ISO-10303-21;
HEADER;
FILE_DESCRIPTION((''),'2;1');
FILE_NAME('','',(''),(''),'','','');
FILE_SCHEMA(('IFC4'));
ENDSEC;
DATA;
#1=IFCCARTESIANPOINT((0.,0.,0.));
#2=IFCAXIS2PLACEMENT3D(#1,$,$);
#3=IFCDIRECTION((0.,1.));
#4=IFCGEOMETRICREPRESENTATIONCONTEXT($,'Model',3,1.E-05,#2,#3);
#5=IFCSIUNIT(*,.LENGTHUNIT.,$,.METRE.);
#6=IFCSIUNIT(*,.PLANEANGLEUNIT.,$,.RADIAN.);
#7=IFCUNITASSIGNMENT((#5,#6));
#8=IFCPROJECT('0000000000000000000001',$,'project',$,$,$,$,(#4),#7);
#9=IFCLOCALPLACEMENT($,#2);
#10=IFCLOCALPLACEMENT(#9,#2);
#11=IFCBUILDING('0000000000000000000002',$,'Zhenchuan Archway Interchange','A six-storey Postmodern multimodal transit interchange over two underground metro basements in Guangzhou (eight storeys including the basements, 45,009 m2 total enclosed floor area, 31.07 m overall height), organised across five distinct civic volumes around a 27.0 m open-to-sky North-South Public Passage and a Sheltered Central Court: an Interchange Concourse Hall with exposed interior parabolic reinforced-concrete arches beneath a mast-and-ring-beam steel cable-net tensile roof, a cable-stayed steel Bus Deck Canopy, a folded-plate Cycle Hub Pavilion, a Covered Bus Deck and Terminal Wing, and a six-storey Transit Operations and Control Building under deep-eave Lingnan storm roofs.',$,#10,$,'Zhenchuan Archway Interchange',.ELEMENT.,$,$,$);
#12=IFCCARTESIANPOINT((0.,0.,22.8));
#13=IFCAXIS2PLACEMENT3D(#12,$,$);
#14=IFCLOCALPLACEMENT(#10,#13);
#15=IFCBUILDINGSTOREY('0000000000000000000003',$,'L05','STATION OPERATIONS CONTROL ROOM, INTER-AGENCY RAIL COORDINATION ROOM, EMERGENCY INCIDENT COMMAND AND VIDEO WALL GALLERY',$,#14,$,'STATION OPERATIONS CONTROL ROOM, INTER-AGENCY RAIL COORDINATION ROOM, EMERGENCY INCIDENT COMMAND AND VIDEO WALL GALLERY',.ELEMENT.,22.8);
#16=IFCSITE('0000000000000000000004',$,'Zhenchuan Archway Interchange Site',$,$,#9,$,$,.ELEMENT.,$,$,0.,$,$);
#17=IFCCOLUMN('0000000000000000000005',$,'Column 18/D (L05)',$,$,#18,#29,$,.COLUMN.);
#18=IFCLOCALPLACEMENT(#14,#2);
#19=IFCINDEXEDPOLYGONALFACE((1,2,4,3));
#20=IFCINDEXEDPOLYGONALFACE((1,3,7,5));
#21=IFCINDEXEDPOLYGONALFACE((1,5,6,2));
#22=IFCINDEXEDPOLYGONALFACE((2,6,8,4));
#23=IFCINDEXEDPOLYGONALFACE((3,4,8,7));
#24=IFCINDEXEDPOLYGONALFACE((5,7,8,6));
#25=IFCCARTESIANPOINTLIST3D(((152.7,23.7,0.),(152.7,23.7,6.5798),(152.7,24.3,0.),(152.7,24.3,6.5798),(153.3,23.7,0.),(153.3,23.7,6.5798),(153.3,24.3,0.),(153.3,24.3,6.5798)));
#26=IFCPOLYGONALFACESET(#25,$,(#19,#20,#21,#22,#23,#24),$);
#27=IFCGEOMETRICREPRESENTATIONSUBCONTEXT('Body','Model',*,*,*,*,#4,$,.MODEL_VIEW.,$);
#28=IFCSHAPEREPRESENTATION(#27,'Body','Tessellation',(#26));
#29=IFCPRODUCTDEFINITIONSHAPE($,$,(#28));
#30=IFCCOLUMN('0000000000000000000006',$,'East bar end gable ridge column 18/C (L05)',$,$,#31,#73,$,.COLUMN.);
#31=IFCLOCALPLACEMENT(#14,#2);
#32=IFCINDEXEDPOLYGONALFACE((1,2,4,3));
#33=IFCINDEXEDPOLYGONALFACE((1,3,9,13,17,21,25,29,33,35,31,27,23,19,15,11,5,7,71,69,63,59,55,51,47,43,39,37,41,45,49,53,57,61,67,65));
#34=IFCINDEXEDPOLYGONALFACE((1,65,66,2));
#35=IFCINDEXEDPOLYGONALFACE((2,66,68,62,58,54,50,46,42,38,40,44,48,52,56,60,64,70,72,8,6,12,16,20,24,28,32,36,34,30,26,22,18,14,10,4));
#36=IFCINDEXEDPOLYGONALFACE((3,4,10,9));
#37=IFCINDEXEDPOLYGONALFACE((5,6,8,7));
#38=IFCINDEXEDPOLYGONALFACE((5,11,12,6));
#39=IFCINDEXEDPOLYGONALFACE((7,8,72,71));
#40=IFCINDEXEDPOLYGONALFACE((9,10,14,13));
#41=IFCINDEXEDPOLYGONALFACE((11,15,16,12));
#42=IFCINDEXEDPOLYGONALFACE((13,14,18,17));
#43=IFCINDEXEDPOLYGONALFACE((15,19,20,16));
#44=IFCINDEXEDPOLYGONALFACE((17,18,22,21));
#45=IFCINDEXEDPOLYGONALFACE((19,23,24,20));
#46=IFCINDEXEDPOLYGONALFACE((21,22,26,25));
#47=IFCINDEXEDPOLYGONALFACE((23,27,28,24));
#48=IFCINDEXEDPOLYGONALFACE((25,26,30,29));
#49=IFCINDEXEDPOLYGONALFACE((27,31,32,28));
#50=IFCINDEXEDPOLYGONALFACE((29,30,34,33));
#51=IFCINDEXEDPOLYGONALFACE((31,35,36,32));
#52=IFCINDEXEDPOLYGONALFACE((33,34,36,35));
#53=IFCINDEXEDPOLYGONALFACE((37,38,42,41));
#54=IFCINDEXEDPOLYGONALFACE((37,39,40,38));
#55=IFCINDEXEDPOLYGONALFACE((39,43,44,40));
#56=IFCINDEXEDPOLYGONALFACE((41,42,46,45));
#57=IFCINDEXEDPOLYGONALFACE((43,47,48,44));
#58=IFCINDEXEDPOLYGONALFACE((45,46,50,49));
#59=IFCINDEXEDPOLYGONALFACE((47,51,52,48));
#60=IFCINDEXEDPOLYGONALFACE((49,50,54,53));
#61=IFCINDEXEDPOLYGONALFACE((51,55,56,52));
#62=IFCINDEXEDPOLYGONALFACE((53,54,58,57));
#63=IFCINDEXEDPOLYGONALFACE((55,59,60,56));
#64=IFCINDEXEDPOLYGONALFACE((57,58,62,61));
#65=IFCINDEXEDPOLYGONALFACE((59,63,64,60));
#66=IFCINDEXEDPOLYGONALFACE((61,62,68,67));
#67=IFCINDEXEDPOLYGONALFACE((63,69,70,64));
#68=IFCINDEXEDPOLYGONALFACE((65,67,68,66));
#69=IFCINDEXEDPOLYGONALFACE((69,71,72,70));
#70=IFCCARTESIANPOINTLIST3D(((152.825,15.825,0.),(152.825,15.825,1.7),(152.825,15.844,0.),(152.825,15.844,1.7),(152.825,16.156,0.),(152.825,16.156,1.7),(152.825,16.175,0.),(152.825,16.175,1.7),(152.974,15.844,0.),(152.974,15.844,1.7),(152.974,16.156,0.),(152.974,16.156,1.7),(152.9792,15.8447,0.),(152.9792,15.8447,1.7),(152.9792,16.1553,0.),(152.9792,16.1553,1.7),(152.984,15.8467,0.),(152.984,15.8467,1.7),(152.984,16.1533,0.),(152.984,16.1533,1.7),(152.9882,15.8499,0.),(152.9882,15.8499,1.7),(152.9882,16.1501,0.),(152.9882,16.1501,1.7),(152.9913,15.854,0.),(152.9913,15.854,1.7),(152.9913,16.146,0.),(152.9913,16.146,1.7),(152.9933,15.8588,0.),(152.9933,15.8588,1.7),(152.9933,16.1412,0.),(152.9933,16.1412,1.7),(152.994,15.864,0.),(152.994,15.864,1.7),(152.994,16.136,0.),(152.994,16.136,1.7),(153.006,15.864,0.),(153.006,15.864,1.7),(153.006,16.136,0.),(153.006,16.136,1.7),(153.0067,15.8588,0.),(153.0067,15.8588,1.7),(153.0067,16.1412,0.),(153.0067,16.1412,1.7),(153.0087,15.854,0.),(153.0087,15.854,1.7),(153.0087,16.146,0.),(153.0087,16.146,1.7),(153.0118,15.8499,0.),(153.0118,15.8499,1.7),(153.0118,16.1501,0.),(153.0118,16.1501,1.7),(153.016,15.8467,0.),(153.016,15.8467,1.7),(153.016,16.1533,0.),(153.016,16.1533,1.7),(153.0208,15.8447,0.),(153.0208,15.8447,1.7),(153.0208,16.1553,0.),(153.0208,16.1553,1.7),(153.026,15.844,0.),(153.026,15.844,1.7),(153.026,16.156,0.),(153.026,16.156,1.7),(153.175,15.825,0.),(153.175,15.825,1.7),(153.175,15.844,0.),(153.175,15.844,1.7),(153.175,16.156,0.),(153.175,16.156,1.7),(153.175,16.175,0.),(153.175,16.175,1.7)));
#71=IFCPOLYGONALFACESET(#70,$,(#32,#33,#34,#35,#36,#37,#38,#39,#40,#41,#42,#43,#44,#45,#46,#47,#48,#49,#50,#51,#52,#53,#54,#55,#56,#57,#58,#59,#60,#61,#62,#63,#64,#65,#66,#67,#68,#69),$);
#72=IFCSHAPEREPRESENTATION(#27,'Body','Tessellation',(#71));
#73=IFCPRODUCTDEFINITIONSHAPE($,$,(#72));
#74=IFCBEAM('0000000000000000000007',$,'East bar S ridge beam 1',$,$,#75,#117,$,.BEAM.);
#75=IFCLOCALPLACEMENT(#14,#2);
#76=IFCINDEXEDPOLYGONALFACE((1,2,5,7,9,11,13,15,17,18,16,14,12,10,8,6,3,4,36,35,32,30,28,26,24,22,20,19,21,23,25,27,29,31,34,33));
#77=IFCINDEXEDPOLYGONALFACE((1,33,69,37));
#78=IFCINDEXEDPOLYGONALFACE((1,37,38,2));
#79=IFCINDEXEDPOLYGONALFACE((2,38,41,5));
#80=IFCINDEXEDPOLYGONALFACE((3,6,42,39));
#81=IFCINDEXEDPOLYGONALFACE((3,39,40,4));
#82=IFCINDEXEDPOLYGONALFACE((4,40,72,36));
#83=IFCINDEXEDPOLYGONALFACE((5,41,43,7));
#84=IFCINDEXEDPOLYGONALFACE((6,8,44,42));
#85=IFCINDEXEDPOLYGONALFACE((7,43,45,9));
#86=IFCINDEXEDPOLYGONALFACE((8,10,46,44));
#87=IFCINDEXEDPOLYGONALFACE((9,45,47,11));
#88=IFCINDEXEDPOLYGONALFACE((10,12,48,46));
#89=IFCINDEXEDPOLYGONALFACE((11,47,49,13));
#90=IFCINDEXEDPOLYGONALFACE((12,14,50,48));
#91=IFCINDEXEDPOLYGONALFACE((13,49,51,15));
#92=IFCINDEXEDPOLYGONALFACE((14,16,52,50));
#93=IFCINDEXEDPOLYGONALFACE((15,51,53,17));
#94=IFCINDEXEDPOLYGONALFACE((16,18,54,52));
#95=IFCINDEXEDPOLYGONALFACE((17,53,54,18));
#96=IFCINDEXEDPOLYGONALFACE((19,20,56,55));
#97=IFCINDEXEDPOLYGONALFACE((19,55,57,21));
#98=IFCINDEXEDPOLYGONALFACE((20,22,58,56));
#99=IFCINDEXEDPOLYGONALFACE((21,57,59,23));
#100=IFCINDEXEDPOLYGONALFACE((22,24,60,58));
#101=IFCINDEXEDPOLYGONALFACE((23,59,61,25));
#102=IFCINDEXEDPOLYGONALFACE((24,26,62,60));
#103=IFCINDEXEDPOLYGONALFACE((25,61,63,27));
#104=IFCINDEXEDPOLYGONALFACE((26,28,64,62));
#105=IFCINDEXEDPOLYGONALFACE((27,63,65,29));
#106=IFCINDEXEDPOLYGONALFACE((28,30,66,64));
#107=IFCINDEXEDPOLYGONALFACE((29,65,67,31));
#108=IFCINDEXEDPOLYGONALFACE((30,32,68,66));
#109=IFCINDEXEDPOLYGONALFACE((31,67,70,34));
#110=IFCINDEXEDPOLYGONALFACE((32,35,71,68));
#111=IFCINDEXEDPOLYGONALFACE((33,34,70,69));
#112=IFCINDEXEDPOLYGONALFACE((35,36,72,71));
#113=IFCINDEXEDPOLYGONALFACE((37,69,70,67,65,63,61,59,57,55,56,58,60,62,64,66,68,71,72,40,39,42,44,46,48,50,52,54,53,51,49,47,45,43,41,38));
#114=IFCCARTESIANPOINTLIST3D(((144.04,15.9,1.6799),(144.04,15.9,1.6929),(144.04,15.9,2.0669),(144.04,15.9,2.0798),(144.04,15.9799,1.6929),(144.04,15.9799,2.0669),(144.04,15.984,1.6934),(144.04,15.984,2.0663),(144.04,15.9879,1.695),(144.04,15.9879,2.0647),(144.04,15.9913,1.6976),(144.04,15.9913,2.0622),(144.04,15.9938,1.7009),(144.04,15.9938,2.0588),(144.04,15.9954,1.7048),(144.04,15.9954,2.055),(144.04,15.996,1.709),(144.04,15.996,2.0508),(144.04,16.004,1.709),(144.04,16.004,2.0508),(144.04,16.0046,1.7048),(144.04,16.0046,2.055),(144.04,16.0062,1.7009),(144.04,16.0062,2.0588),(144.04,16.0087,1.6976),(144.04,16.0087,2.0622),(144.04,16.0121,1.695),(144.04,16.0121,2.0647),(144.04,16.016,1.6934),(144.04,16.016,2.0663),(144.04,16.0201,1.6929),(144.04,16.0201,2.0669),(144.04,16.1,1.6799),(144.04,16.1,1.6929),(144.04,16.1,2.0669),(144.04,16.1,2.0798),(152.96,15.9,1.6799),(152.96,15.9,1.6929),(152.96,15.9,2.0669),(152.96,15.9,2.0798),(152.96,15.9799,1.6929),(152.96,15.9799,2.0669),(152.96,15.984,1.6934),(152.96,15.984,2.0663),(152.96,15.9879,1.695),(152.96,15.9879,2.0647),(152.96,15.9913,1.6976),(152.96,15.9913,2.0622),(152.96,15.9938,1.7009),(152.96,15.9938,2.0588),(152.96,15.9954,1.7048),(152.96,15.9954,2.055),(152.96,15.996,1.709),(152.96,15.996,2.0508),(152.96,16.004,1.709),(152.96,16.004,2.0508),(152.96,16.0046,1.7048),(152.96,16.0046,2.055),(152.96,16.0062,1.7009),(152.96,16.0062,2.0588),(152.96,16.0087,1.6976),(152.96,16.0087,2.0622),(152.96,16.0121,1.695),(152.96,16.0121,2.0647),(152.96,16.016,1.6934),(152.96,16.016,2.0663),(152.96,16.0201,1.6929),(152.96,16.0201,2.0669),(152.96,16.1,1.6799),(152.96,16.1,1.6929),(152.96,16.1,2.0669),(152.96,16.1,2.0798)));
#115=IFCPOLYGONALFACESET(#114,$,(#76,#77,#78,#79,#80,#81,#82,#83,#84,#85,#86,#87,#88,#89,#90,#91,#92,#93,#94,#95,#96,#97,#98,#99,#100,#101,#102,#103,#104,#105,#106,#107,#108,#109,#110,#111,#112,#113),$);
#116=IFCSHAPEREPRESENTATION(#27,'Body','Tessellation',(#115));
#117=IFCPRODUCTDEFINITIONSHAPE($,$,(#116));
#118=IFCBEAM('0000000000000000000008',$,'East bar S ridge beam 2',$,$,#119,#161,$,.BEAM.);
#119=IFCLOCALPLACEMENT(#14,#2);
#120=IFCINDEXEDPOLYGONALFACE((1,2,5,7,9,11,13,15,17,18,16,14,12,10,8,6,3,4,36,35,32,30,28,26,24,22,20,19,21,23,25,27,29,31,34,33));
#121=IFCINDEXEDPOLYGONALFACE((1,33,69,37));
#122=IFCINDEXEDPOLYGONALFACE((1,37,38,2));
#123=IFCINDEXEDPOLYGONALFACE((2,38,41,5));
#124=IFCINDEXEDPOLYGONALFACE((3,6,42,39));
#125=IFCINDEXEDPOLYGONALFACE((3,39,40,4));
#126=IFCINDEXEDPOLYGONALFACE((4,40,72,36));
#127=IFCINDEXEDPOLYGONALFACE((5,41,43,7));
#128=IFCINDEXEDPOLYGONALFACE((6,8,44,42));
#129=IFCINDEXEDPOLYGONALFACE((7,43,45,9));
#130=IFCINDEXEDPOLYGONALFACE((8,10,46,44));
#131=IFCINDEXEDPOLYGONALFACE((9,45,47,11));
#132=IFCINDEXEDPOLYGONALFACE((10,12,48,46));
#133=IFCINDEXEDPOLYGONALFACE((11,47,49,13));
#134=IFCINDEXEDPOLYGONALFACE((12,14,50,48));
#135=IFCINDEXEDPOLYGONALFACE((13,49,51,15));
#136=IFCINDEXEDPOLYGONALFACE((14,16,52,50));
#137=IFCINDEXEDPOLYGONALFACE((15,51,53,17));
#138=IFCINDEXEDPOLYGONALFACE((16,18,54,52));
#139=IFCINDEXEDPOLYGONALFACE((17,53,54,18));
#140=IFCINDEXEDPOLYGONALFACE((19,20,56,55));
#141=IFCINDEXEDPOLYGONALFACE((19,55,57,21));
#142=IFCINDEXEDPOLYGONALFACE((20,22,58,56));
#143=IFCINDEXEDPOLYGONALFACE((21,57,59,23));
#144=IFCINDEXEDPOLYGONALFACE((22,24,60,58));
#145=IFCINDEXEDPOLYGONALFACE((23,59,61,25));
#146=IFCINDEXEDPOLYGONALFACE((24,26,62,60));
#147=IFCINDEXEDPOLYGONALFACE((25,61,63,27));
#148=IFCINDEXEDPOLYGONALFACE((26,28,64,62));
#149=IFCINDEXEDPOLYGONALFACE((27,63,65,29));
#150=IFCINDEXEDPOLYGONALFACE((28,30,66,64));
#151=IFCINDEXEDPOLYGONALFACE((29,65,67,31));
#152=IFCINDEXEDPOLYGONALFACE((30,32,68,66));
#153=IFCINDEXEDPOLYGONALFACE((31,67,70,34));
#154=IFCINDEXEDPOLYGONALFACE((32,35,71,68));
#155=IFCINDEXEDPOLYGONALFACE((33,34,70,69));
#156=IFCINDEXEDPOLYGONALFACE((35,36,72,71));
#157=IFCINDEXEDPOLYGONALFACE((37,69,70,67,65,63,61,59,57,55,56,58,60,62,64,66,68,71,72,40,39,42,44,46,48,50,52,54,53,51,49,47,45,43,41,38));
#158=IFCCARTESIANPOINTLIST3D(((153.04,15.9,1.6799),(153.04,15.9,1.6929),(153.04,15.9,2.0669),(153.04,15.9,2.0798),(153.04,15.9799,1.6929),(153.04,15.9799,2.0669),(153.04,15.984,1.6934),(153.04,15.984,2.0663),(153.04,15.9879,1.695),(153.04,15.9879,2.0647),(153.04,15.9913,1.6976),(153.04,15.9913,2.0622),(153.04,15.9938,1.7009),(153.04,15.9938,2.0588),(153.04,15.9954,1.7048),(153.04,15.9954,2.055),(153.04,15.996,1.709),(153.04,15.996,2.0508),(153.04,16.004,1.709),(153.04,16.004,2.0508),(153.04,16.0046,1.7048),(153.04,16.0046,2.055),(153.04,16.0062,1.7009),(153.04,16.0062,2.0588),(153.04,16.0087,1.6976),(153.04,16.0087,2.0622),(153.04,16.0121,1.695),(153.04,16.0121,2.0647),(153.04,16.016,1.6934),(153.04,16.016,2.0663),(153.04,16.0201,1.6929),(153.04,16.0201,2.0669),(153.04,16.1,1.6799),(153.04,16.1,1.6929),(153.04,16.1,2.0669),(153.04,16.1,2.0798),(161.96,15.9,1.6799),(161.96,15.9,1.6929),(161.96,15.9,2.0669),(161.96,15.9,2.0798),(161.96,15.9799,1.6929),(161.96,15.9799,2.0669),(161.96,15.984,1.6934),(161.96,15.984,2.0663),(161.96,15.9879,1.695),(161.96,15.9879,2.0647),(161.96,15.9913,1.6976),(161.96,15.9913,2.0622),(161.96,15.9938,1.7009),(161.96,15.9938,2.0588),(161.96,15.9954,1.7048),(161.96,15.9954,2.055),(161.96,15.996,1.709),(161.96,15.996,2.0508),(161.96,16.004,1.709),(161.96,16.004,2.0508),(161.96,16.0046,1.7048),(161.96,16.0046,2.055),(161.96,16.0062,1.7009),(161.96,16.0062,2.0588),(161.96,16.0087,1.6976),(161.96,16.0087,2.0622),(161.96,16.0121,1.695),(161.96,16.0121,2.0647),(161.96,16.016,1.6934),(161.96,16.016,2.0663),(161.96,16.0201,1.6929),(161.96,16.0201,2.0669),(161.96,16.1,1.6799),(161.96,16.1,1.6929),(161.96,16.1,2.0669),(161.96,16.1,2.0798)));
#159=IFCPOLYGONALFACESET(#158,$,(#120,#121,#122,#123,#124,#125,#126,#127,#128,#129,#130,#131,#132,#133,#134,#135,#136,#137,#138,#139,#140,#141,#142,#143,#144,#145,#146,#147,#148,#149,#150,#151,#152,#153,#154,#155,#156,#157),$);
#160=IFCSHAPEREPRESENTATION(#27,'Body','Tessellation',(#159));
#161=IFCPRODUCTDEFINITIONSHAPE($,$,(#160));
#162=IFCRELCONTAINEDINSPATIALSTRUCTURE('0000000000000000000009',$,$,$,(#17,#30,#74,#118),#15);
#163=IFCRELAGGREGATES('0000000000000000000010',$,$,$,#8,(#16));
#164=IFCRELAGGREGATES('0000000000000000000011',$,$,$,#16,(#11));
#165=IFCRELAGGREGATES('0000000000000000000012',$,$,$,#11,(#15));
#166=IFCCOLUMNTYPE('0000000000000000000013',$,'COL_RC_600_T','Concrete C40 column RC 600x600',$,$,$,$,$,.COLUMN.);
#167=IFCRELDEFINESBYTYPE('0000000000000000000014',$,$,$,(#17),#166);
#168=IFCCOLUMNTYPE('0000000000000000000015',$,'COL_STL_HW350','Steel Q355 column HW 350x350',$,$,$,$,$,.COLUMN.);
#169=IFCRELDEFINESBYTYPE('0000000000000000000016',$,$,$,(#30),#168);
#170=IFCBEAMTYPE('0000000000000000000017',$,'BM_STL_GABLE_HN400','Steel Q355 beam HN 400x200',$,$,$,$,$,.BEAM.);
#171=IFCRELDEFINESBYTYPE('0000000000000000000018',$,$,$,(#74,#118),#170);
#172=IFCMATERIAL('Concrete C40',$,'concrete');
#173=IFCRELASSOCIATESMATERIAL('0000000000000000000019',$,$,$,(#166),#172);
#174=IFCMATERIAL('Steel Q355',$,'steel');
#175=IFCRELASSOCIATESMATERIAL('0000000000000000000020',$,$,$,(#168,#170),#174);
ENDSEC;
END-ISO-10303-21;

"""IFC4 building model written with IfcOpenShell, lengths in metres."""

from ifc_helpers import new_model, si_unit, direction, frame, origin, origin_2d, place, context, subcontext, project, spatial, rectangle, i_section, extrude, material, material_profile, profile_set, type_object, element, save


model = new_model("IFC4")

# Units and contexts
model_context = context("Model", 3, precision=1e-05, world=origin(), true_north=direction((0.0, 1.0)))
body_context = subcontext(model_context, "Body", "Model", "MODEL_VIEW")
ifc_project = project(units=[si_unit("LENGTHUNIT", "METRE"), si_unit("PLANEANGLEUNIT", "RADIAN")], contexts=[model_context])

# Site, building, storey
site_placement = place(None, origin())
site = spatial("IfcSite", under=ifc_project, at=site_placement, Name="Zhenchuan Archway Interchange Site", CompositionType="ELEMENT", RefElevation=0.0)
building_placement = place(site_placement, origin())
building = spatial("IfcBuilding", under=site, at=building_placement, Name="Zhenchuan Archway Interchange", Description="A six-storey Postmodern multimodal transit interchange over two underground metro basements in Guangzhou (eight storeys including the basements, 45,009 m2 total enclosed floor area, 31.07 m overall height), organised across five distinct civic volumes around a 27.0 m open-to-sky North-South Public Passage and a Sheltered Central Court: an Interchange Concourse Hall with exposed interior parabolic reinforced-concrete arches beneath a mast-and-ring-beam steel cable-net tensile roof, a cable-stayed steel Bus Deck Canopy, a folded-plate Cycle Hub Pavilion, a Covered Bus Deck and Terminal Wing, and a six-storey Transit Operations and Control Building under deep-eave Lingnan storm roofs.", LongName="Zhenchuan Archway Interchange", CompositionType="ELEMENT")
storey_placement = place(building_placement, frame((0.0, 0.0, 22.8)))
storey = spatial("IfcBuildingStorey", under=building, at=storey_placement, Name="L05", Description="STATION OPERATIONS CONTROL ROOM, INTER-AGENCY RAIL COORDINATION ROOM, EMERGENCY INCIDENT COMMAND AND VIDEO WALL GALLERY", LongName="STATION OPERATIONS CONTROL ROOM, INTER-AGENCY RAIL COORDINATION ROOM, EMERGENCY INCIDENT COMMAND AND VIDEO WALL GALLERY", CompositionType="ELEMENT", Elevation=22.8)

# Columns
ifc_material_1 = material(Name="Concrete C40", Category="concrete")
ifc_material_profile_1 = material_profile(ifc_material_1, rectangle(XDim=0.6001, YDim=0.6001, at=origin_2d()), Name="RC 600x600")
ifc_profile_set_1 = profile_set([ifc_material_profile_1], Name="Concrete C40")
column_type_1 = type_object("IfcColumnType", Name="COL_RC_600_T", Description="Concrete C40 column RC 600x600", PredefinedType="COLUMN", material=ifc_profile_set_1)
column_1_placement = place(storey_placement, frame((153.0, 24.0, 0.0), z_axis=(0.0, 0.0, 1.0), x_axis=(1.0, 0.0, 0.0)))
element("IfcColumn", 1, at=column_1_placement, inside=storey, type_object=column_type_1, Name="Column 18/D (L05)", PredefinedType="COLUMN", context=body_context, shape_type="SweptSolid", body=[
    extrude(rectangle(XDim=0.6001, YDim=0.6001, at=origin_2d()), origin(), (0.0, 0.0, 1.0), 6.5798),
])
ifc_material_2 = material(Name="Steel Q355", Category="steel")
ifc_material_profile_2 = material_profile(ifc_material_2, i_section(OverallWidth=0.3501, OverallDepth=0.3501, WebThickness=0.012, FlangeThickness=0.019, FilletRadius=0.02, at=origin_2d()), Name="HW 350x350")
ifc_profile_set_2 = profile_set([ifc_material_profile_2], Name="Steel Q355")
column_type_2 = type_object("IfcColumnType", Name="COL_STL_HW350", Description="Steel Q355 column HW 350x350", PredefinedType="COLUMN", material=ifc_profile_set_2)
column_2_placement = place(storey_placement, frame((153.0, 16.0, 0.0), z_axis=(0.0, 0.0, 1.0), x_axis=(1.0, 0.0, 0.0)))
element("IfcColumn", 2, at=column_2_placement, inside=storey, type_object=column_type_2, Name="East bar end gable ridge column 18/C (L05)", PredefinedType="COLUMN", context=body_context, shape_type="SweptSolid", body=[
    extrude(i_section(OverallWidth=0.3501, OverallDepth=0.3501, WebThickness=0.012, FlangeThickness=0.019, FilletRadius=0.02, at=origin_2d()), origin(), (0.0, 0.0, 1.0), 1.7),
])

# Beams
ifc_material_profile_3 = material_profile(ifc_material_2, i_section(OverallWidth=0.2, OverallDepth=0.3999, WebThickness=0.0081, FlangeThickness=0.0129, FilletRadius=0.0161, at=origin_2d()), Name="HN 400x200")
ifc_profile_set_3 = profile_set([ifc_material_profile_3], Name="Steel Q355")
beam_type_1 = type_object("IfcBeamType", Name="BM_STL_GABLE_HN400", Description="Steel Q355 beam HN 400x200", PredefinedType="BEAM", material=ifc_profile_set_3)
for number, where, z_axis, x_axis, name in (
    (3, (144.04, 16.0, 1.8799), (1.0, 0.0, 0.0), (0.0, 1.0, 0.0), "East bar S ridge beam 1"),
    (4, (153.04, 16.0, 1.8799), (1.0, 0.0, 0.0), (0.0, 1.0, 0.0), "East bar S ridge beam 2"),
):
    element("IfcBeam", number, at=place(storey_placement, frame(where, z_axis=z_axis, x_axis=x_axis)), inside=storey, type_object=beam_type_1, Name=name, PredefinedType="BEAM", context=body_context, shape_type="SweptSolid", body=[
        extrude(i_section(OverallWidth=0.2, OverallDepth=0.3999, WebThickness=0.0081, FlangeThickness=0.0129, FilletRadius=0.0161, at=origin_2d()), origin(), (0.0, 0.0, 1.0), 8.9199),
    ])

save(model, "model.ifc")
